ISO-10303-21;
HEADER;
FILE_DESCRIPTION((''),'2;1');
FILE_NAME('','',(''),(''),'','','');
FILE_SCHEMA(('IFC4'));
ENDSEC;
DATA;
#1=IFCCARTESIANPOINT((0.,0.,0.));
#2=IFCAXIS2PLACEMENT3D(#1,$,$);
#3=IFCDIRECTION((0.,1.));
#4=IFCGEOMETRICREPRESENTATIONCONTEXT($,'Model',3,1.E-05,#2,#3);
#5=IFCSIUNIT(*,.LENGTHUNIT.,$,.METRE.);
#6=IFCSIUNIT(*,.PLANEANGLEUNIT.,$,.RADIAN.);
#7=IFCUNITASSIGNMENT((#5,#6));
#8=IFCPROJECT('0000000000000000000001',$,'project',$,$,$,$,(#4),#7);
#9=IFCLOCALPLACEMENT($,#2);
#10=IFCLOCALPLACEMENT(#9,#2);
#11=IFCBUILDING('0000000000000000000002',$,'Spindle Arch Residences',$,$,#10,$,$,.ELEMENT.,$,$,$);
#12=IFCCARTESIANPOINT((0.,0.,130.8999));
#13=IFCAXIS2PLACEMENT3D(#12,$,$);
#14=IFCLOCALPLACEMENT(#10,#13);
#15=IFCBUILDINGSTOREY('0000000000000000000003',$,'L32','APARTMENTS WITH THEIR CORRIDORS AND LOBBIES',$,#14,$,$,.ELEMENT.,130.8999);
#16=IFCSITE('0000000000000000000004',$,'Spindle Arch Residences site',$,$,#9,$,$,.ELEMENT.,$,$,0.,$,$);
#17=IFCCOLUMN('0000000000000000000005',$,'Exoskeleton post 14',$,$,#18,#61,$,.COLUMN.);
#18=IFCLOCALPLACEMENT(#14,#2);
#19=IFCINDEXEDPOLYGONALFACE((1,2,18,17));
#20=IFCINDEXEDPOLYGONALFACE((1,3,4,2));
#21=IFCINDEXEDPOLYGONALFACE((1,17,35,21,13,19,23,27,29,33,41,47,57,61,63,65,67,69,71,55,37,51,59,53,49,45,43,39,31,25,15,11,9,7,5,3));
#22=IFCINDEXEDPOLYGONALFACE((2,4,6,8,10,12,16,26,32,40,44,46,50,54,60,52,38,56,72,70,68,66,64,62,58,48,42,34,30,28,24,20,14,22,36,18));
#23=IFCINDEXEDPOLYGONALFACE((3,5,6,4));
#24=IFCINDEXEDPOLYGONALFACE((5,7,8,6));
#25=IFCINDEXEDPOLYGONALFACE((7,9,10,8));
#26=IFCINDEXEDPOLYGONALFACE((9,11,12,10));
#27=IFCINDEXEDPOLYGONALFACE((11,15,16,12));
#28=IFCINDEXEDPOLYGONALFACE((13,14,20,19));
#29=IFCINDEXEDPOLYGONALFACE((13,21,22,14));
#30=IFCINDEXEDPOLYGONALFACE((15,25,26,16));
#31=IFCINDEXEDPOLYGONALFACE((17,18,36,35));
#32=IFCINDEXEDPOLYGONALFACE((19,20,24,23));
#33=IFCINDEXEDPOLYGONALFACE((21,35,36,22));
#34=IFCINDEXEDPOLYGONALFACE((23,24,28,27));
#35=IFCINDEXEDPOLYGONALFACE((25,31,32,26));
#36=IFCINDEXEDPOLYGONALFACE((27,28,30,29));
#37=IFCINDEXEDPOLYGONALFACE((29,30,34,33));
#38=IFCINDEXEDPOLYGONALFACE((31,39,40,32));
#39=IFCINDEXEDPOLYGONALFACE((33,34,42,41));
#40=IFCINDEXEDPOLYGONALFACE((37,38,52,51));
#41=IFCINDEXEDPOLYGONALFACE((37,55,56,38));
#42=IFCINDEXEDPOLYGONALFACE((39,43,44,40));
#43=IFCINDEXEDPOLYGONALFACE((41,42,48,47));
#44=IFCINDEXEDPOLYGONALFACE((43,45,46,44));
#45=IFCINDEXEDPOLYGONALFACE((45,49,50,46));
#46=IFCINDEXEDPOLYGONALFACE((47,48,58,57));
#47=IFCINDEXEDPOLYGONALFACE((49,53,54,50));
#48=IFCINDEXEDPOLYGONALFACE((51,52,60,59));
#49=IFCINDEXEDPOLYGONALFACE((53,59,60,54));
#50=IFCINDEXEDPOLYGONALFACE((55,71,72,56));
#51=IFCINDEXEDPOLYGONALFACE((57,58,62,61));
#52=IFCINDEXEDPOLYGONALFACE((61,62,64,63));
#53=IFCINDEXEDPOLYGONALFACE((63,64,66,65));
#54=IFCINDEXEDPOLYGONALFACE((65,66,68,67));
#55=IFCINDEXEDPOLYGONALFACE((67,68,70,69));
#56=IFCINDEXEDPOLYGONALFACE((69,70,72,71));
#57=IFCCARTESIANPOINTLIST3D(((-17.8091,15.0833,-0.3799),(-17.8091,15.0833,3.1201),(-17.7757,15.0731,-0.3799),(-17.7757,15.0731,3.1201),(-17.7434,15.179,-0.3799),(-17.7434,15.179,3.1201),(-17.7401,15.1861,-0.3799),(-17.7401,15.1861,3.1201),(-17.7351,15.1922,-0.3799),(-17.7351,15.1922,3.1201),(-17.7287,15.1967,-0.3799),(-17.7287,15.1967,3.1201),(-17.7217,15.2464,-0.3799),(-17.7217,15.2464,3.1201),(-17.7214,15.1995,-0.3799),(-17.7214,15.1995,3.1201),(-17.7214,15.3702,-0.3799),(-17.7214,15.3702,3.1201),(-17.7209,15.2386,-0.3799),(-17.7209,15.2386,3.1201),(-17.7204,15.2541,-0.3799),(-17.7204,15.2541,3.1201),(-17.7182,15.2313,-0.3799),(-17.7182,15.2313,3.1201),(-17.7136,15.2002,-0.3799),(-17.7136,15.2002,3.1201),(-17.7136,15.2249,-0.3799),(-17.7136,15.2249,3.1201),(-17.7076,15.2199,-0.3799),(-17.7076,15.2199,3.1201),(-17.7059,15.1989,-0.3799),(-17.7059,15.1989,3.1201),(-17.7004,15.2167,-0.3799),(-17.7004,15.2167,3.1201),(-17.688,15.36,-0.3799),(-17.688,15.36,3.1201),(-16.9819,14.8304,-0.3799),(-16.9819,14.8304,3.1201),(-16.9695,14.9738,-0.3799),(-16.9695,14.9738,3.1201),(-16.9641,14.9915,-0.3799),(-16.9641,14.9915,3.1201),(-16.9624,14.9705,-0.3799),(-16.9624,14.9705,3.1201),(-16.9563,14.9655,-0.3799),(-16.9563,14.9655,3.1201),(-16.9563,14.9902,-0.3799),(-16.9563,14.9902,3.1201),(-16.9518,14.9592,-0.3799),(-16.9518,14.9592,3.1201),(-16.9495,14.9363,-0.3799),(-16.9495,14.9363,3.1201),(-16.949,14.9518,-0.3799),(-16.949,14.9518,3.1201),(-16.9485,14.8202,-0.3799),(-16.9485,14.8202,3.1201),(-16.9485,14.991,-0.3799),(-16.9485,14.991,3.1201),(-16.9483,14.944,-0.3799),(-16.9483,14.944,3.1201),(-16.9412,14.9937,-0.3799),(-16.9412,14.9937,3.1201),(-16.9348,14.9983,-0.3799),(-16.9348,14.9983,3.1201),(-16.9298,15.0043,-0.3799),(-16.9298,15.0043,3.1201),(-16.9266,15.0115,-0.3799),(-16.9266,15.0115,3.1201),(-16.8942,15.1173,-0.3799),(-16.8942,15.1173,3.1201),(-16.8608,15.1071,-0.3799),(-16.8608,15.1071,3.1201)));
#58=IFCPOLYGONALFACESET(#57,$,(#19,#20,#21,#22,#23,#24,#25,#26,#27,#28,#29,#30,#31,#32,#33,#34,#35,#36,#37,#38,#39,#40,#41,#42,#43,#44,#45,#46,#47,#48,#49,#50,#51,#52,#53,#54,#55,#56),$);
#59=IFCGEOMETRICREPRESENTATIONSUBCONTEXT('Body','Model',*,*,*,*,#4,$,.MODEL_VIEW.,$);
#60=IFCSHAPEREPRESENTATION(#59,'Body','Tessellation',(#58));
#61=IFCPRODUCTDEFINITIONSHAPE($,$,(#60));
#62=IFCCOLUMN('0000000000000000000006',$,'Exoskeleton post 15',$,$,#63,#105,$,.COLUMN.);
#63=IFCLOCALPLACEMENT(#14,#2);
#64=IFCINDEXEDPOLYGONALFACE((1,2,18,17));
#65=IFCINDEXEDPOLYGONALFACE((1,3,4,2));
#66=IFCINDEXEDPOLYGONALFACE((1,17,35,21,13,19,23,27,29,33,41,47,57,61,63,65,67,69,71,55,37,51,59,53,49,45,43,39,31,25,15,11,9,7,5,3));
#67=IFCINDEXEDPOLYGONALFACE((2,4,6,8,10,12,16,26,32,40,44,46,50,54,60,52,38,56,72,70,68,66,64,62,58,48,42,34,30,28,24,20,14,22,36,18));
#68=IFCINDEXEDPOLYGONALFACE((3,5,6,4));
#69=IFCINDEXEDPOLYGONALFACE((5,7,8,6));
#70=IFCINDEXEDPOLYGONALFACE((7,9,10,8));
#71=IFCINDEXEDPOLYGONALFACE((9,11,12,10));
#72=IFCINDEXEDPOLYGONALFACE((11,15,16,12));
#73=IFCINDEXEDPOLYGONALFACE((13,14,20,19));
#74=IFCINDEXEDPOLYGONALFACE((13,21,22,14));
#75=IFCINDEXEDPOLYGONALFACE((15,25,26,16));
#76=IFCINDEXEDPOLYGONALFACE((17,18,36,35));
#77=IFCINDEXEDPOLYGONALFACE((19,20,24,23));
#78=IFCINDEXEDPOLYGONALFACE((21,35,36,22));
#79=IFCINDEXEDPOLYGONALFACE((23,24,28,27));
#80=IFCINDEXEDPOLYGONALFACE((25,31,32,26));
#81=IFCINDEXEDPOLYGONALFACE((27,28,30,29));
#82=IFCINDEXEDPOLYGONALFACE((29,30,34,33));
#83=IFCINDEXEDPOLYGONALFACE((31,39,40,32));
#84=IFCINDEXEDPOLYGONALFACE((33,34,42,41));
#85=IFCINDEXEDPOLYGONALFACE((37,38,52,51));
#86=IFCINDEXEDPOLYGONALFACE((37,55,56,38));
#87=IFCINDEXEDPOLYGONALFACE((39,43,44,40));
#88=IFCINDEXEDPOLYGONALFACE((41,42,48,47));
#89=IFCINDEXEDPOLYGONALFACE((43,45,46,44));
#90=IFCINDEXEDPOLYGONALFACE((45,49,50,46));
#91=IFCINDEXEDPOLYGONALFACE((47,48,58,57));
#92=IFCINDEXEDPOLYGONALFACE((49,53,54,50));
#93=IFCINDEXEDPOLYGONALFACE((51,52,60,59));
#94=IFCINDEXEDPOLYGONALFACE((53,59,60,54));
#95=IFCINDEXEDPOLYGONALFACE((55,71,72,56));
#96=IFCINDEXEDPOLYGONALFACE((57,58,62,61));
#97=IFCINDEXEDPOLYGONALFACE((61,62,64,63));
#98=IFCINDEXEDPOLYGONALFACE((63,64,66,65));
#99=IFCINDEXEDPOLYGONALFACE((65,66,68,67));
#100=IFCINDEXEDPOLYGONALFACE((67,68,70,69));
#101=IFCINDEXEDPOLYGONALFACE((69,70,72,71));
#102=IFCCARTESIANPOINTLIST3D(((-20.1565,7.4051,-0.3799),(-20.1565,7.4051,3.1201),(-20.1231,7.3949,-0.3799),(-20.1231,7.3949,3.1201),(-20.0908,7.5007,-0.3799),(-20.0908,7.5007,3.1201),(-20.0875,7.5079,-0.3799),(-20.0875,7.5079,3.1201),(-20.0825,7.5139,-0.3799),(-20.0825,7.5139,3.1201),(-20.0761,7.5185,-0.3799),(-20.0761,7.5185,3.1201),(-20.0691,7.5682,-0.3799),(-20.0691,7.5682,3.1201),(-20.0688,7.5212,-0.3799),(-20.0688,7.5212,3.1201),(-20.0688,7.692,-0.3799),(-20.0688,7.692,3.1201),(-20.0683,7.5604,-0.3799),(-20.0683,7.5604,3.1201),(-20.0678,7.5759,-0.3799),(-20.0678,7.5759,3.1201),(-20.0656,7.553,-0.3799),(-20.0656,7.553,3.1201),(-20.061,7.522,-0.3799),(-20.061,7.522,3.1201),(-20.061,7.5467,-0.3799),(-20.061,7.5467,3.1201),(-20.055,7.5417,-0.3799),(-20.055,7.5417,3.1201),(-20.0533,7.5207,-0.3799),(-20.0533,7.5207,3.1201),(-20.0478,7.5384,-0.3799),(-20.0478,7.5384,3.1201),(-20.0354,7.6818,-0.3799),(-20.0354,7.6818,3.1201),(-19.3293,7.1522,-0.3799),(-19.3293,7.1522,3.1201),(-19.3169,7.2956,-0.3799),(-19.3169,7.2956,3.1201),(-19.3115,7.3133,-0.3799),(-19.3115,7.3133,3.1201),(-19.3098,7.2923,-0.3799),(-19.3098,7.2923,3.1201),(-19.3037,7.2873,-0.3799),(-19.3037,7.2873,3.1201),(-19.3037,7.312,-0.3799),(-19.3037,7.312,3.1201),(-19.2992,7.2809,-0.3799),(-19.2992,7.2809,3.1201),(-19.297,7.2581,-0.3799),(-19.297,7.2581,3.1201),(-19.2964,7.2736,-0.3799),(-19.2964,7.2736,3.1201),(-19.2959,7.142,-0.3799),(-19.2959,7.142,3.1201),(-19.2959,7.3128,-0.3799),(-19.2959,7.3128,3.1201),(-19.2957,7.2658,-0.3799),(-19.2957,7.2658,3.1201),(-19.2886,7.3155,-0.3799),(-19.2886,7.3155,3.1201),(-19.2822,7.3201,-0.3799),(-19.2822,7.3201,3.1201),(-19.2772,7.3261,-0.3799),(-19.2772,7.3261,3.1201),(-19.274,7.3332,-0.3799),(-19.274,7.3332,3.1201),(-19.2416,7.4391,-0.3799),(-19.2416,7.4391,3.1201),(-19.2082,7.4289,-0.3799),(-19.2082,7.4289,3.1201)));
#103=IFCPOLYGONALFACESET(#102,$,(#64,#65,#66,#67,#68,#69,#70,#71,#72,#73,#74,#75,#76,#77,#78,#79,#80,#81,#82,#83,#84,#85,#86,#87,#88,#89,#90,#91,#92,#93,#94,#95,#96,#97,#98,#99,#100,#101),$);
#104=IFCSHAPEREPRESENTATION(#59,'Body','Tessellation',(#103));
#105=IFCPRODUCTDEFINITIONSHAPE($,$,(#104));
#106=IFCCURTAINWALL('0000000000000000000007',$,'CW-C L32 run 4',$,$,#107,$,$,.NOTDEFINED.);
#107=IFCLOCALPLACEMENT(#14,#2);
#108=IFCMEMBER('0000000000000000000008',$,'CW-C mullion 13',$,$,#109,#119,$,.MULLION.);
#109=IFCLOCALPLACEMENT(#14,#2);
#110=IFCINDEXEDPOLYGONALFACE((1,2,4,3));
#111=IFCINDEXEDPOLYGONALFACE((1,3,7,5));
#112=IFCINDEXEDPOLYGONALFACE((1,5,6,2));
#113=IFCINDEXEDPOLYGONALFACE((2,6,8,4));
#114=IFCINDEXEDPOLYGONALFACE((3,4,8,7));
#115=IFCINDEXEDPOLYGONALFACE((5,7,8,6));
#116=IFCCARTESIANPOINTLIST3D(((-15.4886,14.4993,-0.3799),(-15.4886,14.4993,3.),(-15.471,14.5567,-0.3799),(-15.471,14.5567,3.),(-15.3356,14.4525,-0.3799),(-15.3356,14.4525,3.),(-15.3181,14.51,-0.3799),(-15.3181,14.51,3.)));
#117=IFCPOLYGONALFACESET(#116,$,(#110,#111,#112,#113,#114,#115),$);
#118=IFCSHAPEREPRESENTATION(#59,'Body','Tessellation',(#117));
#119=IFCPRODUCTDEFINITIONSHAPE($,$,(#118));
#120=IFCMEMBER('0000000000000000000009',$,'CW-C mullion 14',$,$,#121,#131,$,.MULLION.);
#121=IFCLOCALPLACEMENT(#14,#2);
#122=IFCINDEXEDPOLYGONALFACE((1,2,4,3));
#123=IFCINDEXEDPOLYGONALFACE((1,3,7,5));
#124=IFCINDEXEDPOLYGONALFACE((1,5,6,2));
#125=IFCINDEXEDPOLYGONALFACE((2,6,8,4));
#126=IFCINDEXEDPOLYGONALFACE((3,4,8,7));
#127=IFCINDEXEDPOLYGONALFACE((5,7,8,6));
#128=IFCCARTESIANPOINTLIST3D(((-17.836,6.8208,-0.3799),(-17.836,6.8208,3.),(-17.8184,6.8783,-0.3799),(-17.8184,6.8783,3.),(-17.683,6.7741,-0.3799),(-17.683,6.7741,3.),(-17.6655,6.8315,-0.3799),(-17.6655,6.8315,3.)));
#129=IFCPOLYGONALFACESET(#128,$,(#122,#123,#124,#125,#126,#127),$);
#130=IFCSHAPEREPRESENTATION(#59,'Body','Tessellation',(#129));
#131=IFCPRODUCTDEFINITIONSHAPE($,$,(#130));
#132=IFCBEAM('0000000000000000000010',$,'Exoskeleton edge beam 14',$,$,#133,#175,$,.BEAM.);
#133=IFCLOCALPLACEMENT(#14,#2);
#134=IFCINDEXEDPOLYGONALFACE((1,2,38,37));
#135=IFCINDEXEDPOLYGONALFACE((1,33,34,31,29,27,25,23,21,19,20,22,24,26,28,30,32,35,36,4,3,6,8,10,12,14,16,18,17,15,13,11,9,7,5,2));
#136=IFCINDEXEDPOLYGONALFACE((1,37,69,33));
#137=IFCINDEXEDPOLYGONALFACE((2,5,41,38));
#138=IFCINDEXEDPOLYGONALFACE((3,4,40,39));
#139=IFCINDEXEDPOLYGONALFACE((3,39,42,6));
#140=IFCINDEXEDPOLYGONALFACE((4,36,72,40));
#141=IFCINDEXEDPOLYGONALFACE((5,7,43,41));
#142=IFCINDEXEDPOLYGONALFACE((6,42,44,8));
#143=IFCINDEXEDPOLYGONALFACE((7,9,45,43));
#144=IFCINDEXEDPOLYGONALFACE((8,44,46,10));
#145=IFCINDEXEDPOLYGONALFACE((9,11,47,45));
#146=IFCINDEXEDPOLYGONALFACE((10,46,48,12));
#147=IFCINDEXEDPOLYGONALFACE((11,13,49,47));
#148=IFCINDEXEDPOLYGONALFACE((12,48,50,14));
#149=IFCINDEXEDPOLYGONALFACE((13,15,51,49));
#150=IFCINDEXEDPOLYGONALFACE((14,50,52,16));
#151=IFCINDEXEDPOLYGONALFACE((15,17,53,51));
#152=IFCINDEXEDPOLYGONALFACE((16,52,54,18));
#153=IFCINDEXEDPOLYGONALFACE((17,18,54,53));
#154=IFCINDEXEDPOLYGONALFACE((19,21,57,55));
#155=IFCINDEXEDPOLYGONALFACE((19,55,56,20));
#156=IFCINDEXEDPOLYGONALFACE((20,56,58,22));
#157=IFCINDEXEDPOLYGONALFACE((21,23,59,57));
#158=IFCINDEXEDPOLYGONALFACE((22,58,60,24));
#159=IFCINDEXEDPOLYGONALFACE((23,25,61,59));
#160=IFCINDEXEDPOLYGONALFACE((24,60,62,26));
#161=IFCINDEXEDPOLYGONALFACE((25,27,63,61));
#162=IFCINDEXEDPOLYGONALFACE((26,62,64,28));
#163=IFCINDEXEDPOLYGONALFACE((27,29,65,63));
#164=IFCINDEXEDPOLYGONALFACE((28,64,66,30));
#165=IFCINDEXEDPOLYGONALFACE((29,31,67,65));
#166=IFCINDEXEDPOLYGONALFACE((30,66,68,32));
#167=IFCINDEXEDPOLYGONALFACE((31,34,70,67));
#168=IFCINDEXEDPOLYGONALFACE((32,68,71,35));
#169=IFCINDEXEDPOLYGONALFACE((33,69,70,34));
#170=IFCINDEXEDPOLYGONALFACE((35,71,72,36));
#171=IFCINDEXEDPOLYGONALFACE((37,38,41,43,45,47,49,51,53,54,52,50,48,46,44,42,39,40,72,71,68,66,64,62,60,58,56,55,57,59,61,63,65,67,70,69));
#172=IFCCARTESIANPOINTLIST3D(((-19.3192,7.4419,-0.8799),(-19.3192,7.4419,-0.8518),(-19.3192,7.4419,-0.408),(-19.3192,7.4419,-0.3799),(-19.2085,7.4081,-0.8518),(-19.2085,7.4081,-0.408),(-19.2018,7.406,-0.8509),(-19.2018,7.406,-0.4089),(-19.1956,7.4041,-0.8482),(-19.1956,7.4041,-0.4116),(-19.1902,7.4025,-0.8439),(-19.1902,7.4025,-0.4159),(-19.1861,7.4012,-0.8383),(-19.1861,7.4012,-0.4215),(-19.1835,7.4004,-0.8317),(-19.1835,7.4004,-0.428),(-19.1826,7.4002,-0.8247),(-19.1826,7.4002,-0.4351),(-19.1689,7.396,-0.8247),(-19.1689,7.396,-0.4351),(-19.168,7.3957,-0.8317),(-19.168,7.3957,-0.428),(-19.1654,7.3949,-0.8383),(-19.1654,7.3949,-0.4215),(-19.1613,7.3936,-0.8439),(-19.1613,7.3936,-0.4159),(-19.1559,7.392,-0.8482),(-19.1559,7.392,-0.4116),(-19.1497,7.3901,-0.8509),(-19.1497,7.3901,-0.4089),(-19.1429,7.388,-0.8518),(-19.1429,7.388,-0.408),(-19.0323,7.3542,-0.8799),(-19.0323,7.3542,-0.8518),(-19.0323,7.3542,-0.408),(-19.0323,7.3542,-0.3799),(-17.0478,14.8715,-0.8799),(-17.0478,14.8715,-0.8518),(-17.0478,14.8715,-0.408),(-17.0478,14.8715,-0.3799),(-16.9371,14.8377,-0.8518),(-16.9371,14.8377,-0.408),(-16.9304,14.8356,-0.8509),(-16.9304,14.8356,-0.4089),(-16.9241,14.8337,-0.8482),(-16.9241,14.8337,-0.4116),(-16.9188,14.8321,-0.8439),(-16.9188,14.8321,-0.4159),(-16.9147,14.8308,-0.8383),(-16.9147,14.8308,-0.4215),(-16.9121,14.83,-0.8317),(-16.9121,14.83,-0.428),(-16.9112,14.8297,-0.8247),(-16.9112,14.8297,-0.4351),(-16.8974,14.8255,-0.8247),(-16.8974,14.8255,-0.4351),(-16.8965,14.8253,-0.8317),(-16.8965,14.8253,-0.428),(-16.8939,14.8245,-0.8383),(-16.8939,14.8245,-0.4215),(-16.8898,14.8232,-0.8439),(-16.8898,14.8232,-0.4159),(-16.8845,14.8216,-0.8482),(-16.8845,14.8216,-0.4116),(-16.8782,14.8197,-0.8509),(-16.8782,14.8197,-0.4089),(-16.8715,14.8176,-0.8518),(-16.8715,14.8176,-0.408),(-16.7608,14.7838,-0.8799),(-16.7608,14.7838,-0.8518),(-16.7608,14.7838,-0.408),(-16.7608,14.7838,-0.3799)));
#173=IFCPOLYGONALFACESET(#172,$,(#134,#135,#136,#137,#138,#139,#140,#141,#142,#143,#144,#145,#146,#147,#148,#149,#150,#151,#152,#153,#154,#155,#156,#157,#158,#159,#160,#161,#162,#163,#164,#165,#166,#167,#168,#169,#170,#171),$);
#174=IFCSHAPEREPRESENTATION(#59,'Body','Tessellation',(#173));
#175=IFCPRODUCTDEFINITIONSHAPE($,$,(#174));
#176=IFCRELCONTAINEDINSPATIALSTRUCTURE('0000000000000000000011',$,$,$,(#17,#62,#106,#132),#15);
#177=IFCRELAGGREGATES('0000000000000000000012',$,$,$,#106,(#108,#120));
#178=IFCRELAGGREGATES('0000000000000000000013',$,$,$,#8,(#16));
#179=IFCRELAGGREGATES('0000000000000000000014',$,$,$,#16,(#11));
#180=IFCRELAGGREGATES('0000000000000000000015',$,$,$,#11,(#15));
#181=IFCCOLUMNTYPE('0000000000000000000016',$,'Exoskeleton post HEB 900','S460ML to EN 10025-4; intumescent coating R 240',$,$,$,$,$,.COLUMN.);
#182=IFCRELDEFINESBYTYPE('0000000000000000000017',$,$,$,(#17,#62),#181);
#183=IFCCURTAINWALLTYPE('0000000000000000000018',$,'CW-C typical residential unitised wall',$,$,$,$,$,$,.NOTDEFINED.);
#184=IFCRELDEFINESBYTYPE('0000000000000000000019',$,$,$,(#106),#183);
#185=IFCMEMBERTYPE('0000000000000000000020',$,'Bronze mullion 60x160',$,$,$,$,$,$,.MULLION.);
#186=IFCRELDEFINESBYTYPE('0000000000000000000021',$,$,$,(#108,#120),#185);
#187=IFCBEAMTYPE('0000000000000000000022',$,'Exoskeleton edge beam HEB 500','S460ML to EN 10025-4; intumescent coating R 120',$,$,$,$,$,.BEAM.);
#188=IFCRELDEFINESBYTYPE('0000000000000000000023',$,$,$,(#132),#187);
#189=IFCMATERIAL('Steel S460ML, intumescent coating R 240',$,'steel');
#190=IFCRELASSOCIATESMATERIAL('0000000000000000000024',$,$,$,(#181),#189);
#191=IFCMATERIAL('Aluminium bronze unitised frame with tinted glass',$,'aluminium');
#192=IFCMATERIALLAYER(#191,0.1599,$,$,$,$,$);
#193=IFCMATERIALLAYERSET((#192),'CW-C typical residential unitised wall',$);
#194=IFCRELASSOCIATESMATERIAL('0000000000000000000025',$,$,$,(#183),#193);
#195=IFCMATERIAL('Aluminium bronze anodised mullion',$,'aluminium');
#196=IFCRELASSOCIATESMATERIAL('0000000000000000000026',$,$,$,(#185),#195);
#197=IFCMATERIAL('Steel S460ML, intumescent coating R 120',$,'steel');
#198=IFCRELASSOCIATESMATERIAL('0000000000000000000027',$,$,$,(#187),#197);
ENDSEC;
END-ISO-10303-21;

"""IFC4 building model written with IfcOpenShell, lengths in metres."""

from ifc_helpers import new_model, si_unit, direction, frame, origin, origin_2d, place, context, subcontext, project, spatial, rectangle, i_section, extrude, material, layer, layer_set, material_profile, profile_set, type_object, element, aggregate, save


model = new_model("IFC4")

# Units and contexts
model_context = context("Model", 3, precision=1e-05, world=origin(), true_north=direction((0.0, 1.0)))
body_context = subcontext(model_context, "Body", "Model", "MODEL_VIEW")
ifc_project = project(units=[si_unit("LENGTHUNIT", "METRE"), si_unit("PLANEANGLEUNIT", "RADIAN")], contexts=[model_context])

# Site, building, storey
site_placement = place(None, origin())
site = spatial("IfcSite", under=ifc_project, at=site_placement, Name="Spindle Arch Residences site", CompositionType="ELEMENT", RefElevation=0.0)
building_placement = place(site_placement, origin())
building = spatial("IfcBuilding", under=site, at=building_placement, Name="Spindle Arch Residences", CompositionType="ELEMENT")
storey_placement = place(building_placement, frame((0.0, 0.0, 130.8999)))
storey = spatial("IfcBuildingStorey", under=building, at=storey_placement, Name="L32", Description="APARTMENTS WITH THEIR CORRIDORS AND LOBBIES", CompositionType="ELEMENT", Elevation=130.8999)

# Columns
ifc_material_1 = material(Name="Steel S460ML, intumescent coating R 240", Category="steel")
ifc_material_profile_1 = material_profile(ifc_material_1, i_section(OverallWidth=0.3, OverallDepth=0.8999, WebThickness=0.0186, FlangeThickness=0.0349, FilletRadius=0.03, at=origin_2d()), Name="HEB 900")
ifc_profile_set_1 = profile_set([ifc_material_profile_1], Name="Steel S460ML, intumescent coating R 240")
column_type = type_object("IfcColumnType", Name="Exoskeleton post HEB 900", Description="S460ML to EN 10025-4; intumescent coating R 240", PredefinedType="COLUMN", material=ifc_profile_set_1)
for number, where, z_axis, x_axis, name in (
    (1, (-17.335, 15.0952, -0.3799), (0.0, 0.0, 1.0), (0.292372, 0.956305, 0.0), "Exoskeleton post 14"),
    (2, (-19.6824, 7.417, -0.3799), (0.0, 0.0, 1.0), (0.292372, 0.956305, 0.0), "Exoskeleton post 15"),
):
    element("IfcColumn", number, at=place(storey_placement, frame(where, z_axis=z_axis, x_axis=x_axis)), inside=storey, type_object=column_type, Name=name, PredefinedType="COLUMN", context=body_context, shape_type="SweptSolid", body=[
        extrude(i_section(OverallWidth=0.3, OverallDepth=0.8999, WebThickness=0.0186, FlangeThickness=0.0349, FilletRadius=0.03, at=origin_2d()), origin(), (0.0, 0.0, 1.0), 3.5),
    ])

# Curtain wall, members
ifc_material_2 = material(Name="Aluminium bronze unitised frame with tinted glass", Category="aluminium")
ifc_layer_1 = layer(ifc_material_2, 0.1599)
ifc_layer_set_1 = layer_set([ifc_layer_1], Name="CW-C typical residential unitised wall")
curtain_wall_type = type_object("IfcCurtainWallType", Name="CW-C typical residential unitised wall", PredefinedType="NOTDEFINED", material=ifc_layer_set_1)
curtain_wall_placement = place(storey_placement, origin())
curtain_wall = element("IfcCurtainWall", 3, at=curtain_wall_placement, inside=storey, type_object=curtain_wall_type, Name="CW-C L32 run 4", PredefinedType="NOTDEFINED")
ifc_material_3 = material(Name="Aluminium bronze anodised mullion", Category="aluminium")
ifc_material_profile_2 = material_profile(ifc_material_3, rectangle(XDim=0.1599, YDim=0.0601, at=origin_2d()), Name="MU 60x160")
ifc_profile_set_2 = profile_set([ifc_material_profile_2], Name="Aluminium bronze anodised mullion")
member_type = type_object("IfcMemberType", Name="Bronze mullion 60x160", PredefinedType="MULLION", material=ifc_profile_set_2)
member_1_placement = place(storey_placement, frame((-15.4033, 14.5046, -0.3799), z_axis=(0.0, 0.0, 1.0), x_axis=(0.956305, -0.292372, 0.0)))
member_1 = element("IfcMember", 4, at=member_1_placement, type_object=member_type, Name="CW-C mullion 13", PredefinedType="MULLION", context=body_context, shape_type="SweptSolid", body=[
    extrude(rectangle(XDim=0.1599, YDim=0.0601, at=origin_2d()), origin(), (0.0, 0.0, 1.0), 3.3799),
])
member_2_placement = place(storey_placement, frame((-17.7507, 6.8262, -0.3799), z_axis=(0.0, 0.0, 1.0), x_axis=(0.956305, -0.292372, 0.0)))
member_2 = element("IfcMember", 5, at=member_2_placement, type_object=member_type, Name="CW-C mullion 14", PredefinedType="MULLION", context=body_context, shape_type="SweptSolid", body=[
    extrude(rectangle(XDim=0.1599, YDim=0.0601, at=origin_2d()), origin(), (0.0, 0.0, 1.0), 3.3799),
])

# Beam
ifc_material_4 = material(Name="Steel S460ML, intumescent coating R 120", Category="steel")
ifc_material_profile_3 = material_profile(ifc_material_4, i_section(OverallWidth=0.3, OverallDepth=0.5, WebThickness=0.0144, FlangeThickness=0.0281, FilletRadius=0.0271, at=origin_2d()), Name="HEB 500")
ifc_profile_set_3 = profile_set([ifc_material_profile_3], Name="Steel S460ML, intumescent coating R 120")
beam_type_1 = type_object("IfcBeamType", Name="Exoskeleton edge beam HEB 500", Description="S460ML to EN 10025-4; intumescent coating R 120", PredefinedType="BEAM", material=ifc_profile_set_3)
beam_1_placement = place(storey_placement, frame((-16.9043, 14.8276, -0.6299), z_axis=(-0.292372, -0.956305, 0.0), x_axis=(0.956305, -0.292372, 0.0)))
element("IfcBeam", 6, at=beam_1_placement, inside=storey, type_object=beam_type_1, Name="Exoskeleton edge beam 14", PredefinedType="BEAM", context=body_context, shape_type="SweptSolid", body=[
    extrude(i_section(OverallWidth=0.3, OverallDepth=0.5, WebThickness=0.0144, FlangeThickness=0.0281, FilletRadius=0.0271, at=origin_2d()), origin(), (0.0, 0.0, 1.0), 7.769),
])

aggregate(curtain_wall, [member_1, member_2])

save(model, "model.ifc")
